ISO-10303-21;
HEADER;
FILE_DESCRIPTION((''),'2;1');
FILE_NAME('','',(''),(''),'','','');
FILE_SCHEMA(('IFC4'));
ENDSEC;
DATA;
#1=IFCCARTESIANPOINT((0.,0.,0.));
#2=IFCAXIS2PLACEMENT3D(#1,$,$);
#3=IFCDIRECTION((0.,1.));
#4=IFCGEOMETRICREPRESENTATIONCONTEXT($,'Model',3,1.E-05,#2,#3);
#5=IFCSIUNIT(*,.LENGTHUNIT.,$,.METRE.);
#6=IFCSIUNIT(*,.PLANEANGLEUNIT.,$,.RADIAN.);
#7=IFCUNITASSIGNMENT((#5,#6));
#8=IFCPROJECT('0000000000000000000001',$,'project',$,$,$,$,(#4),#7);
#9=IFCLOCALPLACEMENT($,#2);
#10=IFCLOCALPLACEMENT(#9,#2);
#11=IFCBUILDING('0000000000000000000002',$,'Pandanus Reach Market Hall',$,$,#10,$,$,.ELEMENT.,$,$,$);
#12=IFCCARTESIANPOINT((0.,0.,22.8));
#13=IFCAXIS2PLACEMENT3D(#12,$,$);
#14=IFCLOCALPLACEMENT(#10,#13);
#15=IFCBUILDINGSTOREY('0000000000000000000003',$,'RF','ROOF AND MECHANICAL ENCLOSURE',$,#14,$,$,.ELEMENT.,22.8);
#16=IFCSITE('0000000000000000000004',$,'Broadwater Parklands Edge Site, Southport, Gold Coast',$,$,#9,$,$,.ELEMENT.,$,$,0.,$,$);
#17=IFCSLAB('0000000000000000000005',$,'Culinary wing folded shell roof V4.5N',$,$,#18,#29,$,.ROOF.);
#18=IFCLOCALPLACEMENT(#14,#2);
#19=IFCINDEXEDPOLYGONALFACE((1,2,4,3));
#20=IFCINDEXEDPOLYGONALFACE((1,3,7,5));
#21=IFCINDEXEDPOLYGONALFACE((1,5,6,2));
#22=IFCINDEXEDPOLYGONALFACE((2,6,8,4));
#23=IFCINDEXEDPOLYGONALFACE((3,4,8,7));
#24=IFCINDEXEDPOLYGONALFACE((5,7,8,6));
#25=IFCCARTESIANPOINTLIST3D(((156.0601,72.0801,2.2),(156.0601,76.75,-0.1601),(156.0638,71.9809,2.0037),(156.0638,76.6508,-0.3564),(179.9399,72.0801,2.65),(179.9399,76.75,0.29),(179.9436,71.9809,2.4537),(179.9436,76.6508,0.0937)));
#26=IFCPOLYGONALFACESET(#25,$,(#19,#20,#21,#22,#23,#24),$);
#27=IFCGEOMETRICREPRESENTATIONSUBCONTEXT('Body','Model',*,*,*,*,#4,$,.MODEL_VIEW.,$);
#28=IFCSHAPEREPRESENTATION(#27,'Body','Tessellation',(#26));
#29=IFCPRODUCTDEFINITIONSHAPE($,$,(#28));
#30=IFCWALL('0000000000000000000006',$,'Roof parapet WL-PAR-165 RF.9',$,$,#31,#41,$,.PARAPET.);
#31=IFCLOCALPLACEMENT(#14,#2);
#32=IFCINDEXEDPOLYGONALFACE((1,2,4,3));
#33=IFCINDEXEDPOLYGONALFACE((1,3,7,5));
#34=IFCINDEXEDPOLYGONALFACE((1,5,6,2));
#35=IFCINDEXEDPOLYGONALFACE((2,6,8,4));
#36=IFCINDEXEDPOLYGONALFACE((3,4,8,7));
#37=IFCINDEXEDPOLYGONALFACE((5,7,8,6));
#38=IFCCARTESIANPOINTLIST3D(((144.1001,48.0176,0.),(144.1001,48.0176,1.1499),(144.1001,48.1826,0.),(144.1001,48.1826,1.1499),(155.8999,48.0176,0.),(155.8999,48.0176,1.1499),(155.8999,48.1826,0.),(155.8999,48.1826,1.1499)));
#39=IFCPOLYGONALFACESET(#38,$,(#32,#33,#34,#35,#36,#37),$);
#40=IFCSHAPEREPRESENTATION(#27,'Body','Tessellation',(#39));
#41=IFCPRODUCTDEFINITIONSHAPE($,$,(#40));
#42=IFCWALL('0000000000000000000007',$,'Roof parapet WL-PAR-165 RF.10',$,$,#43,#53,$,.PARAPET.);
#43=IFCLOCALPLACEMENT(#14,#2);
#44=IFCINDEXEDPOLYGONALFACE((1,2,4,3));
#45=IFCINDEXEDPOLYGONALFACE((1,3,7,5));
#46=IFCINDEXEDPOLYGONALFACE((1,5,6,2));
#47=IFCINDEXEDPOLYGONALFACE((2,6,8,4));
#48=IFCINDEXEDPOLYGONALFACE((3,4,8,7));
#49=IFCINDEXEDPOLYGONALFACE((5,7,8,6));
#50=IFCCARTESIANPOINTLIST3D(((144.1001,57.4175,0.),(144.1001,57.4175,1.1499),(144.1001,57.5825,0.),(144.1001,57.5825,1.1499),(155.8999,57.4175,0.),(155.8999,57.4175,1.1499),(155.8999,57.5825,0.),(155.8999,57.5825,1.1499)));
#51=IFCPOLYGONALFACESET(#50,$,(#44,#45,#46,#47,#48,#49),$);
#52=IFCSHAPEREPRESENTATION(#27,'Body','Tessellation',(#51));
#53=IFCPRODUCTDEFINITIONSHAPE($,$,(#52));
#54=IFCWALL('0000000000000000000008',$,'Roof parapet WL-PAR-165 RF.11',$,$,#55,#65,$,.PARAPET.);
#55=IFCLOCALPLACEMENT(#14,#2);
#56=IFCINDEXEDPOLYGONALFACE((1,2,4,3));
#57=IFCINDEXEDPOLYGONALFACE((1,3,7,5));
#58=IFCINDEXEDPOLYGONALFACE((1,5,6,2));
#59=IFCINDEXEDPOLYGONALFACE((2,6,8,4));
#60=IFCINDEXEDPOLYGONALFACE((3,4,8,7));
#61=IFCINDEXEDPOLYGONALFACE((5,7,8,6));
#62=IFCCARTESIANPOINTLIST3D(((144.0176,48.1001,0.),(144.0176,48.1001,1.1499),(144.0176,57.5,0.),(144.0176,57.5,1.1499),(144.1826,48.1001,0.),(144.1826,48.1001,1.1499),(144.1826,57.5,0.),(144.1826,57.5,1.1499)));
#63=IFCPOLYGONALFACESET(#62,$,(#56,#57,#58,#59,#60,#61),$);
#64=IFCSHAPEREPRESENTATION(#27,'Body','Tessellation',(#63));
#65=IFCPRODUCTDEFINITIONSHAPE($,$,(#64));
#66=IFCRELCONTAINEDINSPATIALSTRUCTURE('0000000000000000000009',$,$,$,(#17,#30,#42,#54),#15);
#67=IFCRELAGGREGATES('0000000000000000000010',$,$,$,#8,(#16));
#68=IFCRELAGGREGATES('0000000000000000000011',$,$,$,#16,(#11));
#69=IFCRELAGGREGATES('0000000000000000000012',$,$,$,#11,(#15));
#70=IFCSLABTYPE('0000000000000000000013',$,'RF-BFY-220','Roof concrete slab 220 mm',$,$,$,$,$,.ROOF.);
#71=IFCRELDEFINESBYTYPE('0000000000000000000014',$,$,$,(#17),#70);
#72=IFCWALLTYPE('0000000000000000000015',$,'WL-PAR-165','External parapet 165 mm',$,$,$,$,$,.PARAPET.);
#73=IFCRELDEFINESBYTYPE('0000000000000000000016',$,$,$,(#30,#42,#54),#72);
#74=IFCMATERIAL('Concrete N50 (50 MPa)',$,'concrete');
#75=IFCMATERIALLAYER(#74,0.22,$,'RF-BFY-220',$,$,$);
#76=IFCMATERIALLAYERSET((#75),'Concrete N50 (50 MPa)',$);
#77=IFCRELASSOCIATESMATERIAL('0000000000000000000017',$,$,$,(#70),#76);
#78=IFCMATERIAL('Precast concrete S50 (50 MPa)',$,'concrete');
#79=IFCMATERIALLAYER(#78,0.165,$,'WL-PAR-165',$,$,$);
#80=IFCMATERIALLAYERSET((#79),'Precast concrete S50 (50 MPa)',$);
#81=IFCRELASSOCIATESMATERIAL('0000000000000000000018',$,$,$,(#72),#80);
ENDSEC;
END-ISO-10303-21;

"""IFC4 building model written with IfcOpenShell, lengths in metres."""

from ifc_helpers import new_model, si_unit, direction, frame, frame_2d, origin, place, context, subcontext, project, spatial, polyline, rectangle, outline, extrude, material, layer, layer_set, type_object, element, save


model = new_model("IFC4")

# Units and contexts
model_context = context("Model", 3, precision=1e-05, world=origin(), true_north=direction((0.0, 1.0)))
body_context = subcontext(model_context, "Body", "Model", "MODEL_VIEW")
ifc_project = project(units=[si_unit("LENGTHUNIT", "METRE"), si_unit("PLANEANGLEUNIT", "RADIAN")], contexts=[model_context])

# Site, building, storey
site_placement = place(None, origin())
site = spatial("IfcSite", under=ifc_project, at=site_placement, Name="Broadwater Parklands Edge Site, Southport, Gold Coast", CompositionType="ELEMENT", RefElevation=0.0)
building_placement = place(site_placement, origin())
building = spatial("IfcBuilding", under=site, at=building_placement, Name="Pandanus Reach Market Hall", CompositionType="ELEMENT")
storey_placement = place(building_placement, frame((0.0, 0.0, 22.8)))
storey = spatial("IfcBuildingStorey", under=building, at=storey_placement, Name="RF", Description="ROOF AND MECHANICAL ENCLOSURE", CompositionType="ELEMENT", Elevation=22.8)

# Slab
ifc_material_1 = material(Name="Concrete N50 (50 MPa)", Category="concrete")
ifc_layer_1 = layer(ifc_material_1, 0.22, Name="RF-BFY-220")
ifc_layer_set_1 = layer_set([ifc_layer_1], Name="Concrete N50 (50 MPa)")
slab_type_1 = type_object("IfcSlabType", Name="RF-BFY-220", Description="Roof concrete slab 220 mm", PredefinedType="ROOF", material=ifc_layer_set_1)
slab_1_placement = place(storey_placement, frame((156.0601, 72.0801, 2.2), z_axis=(-0.016819, 0.450972, 0.89238), x_axis=(0.999822, 0.000002, 0.018843)))
element("IfcSlab", 1, at=slab_1_placement, inside=storey, type_object=slab_type_1, Name="Culinary wing folded shell roof V4.5N", PredefinedType="ROOF", context=body_context, shape_type="SweptSolid", body=[
    extrude(outline(polyline([(0.0, 0.0), (23.8841, 0.0), (23.8397, 5.2321), (-0.0445, 5.2322), (0.0, 0.0)])), origin(), (0.0, 0.0, -1.0), 0.22),
])

# Walls
ifc_material_2 = material(Name="Precast concrete S50 (50 MPa)", Category="concrete")
ifc_layer_2 = layer(ifc_material_2, 0.165, Name="WL-PAR-165")
ifc_layer_set_2 = layer_set([ifc_layer_2], Name="Precast concrete S50 (50 MPa)")
wall_type = type_object("IfcWallType", Name="WL-PAR-165", Description="External parapet 165 mm", PredefinedType="PARAPET", material=ifc_layer_set_2)
for number, where, z_axis, x_axis, name in (
    (2, (144.1001, 48.1001, 0.0), (0.0, 0.0, 1.0), (1.0, 0.0, 0.0), "Roof parapet WL-PAR-165 RF.9"),
    (3, (144.1001, 57.5, 0.0), (0.0, 0.0, 1.0), (1.0, 0.0, 0.0), "Roof parapet WL-PAR-165 RF.10"),
):
    element("IfcWall", number, at=place(storey_placement, frame(where, z_axis=z_axis, x_axis=x_axis)), inside=storey, type_object=wall_type, Name=name, PredefinedType="PARAPET", context=body_context, shape_type="SweptSolid", body=[
        extrude(rectangle(XDim=11.7998, YDim=0.165, at=frame_2d((5.8999, 0.0))), origin(), (0.0, 0.0, 1.0), 1.1499),
    ])
wall_placement = place(storey_placement, frame((144.1001, 48.1001, 0.0), z_axis=(0.0, 0.0, 1.0), x_axis=(0.0, 1.0, 0.0)))
element("IfcWall", 4, at=wall_placement, inside=storey, type_object=wall_type, Name="Roof parapet WL-PAR-165 RF.11", PredefinedType="PARAPET", context=body_context, shape_type="SweptSolid", body=[
    extrude(rectangle(XDim=9.3999, YDim=0.165, at=frame_2d((4.7, 0.0))), origin(), (0.0, 0.0, 1.0), 1.1499),
])

save(model, "model.ifc")
